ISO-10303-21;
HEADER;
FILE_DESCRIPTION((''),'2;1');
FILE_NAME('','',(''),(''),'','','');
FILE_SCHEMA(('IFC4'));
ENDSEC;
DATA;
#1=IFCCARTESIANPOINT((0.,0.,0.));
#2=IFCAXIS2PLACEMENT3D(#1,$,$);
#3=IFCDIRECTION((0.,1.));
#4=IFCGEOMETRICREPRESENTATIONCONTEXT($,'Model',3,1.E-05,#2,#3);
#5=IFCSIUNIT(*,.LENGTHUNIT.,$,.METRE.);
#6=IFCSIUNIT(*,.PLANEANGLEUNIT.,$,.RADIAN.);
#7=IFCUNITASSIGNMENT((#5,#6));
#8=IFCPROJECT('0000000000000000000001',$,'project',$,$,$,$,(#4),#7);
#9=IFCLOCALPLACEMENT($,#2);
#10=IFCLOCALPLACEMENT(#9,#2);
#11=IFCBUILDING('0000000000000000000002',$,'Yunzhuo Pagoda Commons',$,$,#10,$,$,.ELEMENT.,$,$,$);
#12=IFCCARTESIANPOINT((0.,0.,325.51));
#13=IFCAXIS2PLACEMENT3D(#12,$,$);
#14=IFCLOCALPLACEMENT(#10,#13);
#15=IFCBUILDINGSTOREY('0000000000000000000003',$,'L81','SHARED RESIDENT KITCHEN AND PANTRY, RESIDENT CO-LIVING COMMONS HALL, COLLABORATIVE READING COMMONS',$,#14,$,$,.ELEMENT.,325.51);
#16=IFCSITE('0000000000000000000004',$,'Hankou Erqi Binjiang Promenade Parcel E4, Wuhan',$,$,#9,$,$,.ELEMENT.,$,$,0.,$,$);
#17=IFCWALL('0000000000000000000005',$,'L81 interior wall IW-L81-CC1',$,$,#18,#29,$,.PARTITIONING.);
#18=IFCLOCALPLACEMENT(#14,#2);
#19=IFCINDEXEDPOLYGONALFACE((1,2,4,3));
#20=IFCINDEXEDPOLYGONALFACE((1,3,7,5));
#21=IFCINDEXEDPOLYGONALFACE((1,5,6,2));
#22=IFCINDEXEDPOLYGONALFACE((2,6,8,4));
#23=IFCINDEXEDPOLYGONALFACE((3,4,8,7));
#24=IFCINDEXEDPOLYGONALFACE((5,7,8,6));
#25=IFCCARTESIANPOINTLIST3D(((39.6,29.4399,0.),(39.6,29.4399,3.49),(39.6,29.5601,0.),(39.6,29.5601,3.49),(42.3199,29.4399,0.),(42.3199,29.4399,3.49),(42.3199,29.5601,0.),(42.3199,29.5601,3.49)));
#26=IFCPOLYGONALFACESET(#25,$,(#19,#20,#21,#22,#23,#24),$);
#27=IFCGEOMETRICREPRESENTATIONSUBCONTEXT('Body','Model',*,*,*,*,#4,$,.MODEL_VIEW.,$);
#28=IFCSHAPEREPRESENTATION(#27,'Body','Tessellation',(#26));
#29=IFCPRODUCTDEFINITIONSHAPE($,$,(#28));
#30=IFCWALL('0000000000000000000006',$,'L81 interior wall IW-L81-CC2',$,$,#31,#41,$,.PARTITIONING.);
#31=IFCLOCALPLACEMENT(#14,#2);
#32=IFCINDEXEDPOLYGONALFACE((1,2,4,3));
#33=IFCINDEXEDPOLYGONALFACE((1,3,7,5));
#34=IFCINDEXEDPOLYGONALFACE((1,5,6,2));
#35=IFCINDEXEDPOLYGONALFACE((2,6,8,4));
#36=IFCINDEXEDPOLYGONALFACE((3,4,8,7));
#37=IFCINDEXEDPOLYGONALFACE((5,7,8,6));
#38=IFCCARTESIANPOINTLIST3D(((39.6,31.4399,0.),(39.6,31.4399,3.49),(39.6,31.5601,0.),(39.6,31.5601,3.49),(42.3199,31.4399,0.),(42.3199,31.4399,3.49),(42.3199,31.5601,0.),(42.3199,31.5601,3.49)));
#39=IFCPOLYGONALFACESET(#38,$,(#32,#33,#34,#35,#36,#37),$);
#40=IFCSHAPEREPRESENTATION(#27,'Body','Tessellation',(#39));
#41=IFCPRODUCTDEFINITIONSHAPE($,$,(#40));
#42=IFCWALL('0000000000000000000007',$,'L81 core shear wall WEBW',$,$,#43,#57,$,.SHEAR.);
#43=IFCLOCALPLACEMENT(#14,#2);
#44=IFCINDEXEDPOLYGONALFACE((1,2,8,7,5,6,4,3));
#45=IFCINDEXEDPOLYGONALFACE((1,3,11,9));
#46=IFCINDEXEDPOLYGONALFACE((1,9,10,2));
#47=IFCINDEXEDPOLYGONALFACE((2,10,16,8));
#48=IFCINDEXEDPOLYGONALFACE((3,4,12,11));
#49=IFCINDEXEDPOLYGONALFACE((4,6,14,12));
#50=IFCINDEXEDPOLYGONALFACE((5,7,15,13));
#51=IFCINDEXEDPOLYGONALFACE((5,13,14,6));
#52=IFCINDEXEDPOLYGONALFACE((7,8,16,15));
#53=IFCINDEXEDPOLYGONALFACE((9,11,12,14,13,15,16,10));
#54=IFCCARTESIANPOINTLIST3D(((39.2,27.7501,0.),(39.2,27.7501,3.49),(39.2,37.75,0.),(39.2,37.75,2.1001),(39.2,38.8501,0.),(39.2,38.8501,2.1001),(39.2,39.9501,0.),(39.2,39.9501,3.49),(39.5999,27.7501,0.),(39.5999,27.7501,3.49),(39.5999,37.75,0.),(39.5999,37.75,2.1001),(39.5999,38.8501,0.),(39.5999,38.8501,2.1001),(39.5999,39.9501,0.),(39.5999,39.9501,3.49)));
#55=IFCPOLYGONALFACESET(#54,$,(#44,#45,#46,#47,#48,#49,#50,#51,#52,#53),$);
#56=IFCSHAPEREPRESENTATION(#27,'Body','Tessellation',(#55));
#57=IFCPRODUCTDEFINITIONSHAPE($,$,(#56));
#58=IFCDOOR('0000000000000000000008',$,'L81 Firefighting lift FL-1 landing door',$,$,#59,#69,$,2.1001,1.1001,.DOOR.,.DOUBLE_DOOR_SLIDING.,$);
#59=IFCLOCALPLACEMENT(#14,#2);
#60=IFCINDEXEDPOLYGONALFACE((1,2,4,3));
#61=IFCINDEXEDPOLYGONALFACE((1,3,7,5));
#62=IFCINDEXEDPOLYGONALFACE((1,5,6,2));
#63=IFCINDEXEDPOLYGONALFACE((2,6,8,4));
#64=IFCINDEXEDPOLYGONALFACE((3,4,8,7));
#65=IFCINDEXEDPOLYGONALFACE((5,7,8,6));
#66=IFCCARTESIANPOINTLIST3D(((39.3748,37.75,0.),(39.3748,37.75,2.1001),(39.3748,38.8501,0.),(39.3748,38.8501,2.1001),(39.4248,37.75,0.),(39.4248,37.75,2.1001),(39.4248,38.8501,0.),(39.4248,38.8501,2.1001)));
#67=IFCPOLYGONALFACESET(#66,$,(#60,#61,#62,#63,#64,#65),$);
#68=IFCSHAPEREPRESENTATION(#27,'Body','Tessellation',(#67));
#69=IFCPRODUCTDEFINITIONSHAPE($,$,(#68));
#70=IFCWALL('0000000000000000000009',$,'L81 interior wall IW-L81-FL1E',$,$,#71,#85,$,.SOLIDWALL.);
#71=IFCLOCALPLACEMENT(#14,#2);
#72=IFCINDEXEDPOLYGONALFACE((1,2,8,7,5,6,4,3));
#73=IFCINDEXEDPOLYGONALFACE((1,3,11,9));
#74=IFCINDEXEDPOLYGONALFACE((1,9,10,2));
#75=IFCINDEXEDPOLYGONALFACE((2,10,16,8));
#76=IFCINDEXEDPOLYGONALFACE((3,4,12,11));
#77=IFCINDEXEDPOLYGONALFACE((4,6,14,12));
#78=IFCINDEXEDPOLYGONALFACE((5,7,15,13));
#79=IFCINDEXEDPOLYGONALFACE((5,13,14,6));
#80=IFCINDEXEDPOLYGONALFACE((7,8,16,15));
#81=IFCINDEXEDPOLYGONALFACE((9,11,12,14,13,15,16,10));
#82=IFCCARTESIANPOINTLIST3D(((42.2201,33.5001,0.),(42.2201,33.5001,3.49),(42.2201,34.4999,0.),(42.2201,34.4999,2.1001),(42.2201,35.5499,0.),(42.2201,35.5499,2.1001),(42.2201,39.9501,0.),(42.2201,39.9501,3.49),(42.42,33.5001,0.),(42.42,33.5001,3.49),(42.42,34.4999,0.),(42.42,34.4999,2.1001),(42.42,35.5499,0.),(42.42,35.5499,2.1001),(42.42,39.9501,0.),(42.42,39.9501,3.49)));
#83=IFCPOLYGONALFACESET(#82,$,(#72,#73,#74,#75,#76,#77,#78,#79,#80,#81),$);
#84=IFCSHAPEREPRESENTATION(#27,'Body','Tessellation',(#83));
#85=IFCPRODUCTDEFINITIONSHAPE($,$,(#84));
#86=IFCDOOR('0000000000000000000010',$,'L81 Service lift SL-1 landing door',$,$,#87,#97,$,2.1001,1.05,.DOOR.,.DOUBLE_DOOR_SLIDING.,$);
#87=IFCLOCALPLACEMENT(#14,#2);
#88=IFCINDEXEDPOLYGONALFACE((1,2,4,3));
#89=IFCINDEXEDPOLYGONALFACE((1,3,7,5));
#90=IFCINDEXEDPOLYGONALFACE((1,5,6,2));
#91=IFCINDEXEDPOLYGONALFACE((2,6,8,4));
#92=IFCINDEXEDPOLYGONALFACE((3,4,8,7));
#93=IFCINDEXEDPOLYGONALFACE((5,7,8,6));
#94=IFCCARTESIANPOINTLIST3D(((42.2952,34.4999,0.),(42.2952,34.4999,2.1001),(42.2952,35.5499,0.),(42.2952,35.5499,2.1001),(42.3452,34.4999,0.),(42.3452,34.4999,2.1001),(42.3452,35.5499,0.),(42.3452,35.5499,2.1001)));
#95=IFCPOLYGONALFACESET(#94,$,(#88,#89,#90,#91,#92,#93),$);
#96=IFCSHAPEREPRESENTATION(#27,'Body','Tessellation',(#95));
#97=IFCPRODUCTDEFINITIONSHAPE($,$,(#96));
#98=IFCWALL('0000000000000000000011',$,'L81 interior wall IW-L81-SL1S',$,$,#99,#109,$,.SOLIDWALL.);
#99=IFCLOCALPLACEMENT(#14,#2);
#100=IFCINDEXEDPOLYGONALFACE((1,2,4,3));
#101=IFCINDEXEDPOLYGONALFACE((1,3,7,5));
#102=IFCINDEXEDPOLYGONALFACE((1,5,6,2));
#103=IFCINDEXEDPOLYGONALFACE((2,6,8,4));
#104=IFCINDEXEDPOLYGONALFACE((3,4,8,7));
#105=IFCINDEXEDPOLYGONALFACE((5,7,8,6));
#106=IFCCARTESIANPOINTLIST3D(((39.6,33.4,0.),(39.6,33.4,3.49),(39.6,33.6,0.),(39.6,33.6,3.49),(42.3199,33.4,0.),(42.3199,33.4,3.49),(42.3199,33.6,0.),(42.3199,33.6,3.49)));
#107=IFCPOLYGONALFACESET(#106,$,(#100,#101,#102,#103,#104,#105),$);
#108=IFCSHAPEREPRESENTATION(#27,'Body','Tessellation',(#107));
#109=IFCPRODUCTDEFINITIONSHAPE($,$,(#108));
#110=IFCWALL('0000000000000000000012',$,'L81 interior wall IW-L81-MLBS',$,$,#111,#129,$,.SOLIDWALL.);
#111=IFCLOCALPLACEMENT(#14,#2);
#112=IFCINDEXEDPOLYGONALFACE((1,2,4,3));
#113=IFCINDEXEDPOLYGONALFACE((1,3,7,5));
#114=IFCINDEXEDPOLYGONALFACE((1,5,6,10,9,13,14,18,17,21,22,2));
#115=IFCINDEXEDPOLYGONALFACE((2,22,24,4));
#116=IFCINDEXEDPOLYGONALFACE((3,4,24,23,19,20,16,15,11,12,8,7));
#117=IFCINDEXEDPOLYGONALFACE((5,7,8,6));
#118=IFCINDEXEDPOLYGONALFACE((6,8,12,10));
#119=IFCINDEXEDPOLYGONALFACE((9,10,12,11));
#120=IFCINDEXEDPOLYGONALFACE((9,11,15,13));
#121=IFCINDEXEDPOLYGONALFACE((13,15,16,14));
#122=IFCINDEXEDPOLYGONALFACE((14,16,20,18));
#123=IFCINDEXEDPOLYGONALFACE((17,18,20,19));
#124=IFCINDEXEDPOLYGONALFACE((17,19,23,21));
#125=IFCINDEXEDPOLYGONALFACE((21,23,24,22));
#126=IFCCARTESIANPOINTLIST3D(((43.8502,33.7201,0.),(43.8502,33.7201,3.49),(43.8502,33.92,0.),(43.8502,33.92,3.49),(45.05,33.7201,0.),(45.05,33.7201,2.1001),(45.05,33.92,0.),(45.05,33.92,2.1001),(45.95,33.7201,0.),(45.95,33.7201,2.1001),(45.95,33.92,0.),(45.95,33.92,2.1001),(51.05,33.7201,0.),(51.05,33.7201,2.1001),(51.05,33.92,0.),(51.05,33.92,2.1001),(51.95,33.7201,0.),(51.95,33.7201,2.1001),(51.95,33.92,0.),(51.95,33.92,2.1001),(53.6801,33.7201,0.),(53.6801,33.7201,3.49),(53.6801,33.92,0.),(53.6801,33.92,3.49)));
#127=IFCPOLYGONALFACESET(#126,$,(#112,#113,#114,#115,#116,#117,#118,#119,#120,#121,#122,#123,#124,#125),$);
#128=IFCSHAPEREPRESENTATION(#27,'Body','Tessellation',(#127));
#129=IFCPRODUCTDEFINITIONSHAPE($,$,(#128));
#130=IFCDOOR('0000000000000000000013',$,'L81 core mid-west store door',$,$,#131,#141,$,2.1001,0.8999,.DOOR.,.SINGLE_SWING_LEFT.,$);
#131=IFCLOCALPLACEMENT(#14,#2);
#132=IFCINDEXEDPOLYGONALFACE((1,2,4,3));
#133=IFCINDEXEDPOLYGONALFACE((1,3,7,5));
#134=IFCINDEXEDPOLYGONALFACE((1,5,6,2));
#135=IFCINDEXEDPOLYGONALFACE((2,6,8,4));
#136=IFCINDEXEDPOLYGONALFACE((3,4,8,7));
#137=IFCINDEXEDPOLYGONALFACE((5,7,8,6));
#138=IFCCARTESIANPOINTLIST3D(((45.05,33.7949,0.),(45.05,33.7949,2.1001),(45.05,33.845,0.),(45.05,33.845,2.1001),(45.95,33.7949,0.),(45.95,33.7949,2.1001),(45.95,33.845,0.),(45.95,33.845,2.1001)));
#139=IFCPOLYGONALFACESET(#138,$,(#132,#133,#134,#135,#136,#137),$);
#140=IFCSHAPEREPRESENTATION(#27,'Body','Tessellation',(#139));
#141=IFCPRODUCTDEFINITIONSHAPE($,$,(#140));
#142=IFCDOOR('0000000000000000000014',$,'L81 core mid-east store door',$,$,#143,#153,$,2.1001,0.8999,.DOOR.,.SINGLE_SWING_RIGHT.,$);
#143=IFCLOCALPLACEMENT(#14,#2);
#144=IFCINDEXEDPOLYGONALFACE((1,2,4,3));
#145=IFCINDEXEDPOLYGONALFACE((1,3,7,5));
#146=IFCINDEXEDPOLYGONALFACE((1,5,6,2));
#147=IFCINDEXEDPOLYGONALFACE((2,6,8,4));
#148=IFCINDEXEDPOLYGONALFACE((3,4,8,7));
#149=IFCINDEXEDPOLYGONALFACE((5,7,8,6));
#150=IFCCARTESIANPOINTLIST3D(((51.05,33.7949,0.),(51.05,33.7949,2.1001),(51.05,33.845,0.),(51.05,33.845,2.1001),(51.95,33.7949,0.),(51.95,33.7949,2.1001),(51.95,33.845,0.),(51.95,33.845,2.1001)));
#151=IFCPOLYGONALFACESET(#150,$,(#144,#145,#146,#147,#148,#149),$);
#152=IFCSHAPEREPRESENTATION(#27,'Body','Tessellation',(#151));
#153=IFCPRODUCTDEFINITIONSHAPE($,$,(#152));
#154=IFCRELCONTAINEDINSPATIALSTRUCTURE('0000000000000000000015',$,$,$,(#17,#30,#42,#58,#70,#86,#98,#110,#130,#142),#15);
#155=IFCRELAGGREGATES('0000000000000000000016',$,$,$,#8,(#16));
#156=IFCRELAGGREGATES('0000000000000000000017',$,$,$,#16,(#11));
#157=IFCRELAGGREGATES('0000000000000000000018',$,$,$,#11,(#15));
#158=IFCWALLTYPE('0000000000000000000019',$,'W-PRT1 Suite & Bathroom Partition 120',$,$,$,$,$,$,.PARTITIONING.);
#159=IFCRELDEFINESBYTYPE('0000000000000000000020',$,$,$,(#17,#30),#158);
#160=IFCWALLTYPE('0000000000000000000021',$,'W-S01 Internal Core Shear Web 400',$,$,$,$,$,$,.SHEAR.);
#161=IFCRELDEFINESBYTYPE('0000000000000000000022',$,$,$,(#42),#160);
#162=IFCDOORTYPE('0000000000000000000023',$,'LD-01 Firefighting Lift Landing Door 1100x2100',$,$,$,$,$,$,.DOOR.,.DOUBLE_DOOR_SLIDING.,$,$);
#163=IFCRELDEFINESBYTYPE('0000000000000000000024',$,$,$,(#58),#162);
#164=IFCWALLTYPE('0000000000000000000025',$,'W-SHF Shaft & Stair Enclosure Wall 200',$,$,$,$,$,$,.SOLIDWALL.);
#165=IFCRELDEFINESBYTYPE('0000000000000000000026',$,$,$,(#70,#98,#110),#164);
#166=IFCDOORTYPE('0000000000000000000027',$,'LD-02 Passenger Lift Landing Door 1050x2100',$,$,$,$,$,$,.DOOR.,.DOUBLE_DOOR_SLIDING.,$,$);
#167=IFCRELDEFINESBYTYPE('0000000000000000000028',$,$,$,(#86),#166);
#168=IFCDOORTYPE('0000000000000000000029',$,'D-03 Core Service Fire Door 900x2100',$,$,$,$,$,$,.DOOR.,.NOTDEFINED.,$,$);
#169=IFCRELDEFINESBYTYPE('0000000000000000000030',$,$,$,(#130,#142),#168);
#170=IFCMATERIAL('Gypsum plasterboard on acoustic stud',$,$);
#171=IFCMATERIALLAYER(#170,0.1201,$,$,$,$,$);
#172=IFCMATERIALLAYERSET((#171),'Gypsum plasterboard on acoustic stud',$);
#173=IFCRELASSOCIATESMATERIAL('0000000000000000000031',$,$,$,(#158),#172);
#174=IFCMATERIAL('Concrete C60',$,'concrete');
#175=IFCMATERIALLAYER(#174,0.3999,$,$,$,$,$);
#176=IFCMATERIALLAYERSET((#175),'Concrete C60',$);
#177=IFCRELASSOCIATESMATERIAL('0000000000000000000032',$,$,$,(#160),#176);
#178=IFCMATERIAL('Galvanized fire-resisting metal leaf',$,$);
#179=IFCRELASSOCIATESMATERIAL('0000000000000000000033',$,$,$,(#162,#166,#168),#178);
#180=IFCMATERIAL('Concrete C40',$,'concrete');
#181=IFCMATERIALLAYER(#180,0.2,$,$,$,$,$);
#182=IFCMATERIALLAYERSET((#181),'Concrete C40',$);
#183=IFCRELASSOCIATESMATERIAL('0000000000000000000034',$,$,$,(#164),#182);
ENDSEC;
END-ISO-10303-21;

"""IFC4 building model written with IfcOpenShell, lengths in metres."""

from ifc_helpers import new_model, si_unit, direction, frame, frame_2d, origin, origin_with_axes, place, context, subcontext, project, spatial, rectangle, extrude, source, transform, mapped, material, layer, layer_set, type_object, element, fill, save


model = new_model("IFC4")

# Units and contexts
model_context = context("Model", 3, precision=1e-05, world=origin(), true_north=direction((0.0, 1.0)))
body_context = subcontext(model_context, "Body", "Model", "MODEL_VIEW")
ifc_project = project(units=[si_unit("LENGTHUNIT", "METRE"), si_unit("PLANEANGLEUNIT", "RADIAN")], contexts=[model_context])

# Site, building, storey
site_placement = place(None, origin())
site = spatial("IfcSite", under=ifc_project, at=site_placement, Name="Hankou Erqi Binjiang Promenade Parcel E4, Wuhan", CompositionType="ELEMENT", RefElevation=0.0)
building_placement = place(site_placement, origin())
building = spatial("IfcBuilding", under=site, at=building_placement, Name="Yunzhuo Pagoda Commons", CompositionType="ELEMENT")
storey_placement = place(building_placement, frame((0.0, 0.0, 325.51)))
storey = spatial("IfcBuildingStorey", under=building, at=storey_placement, Name="L81", Description="SHARED RESIDENT KITCHEN AND PANTRY, RESIDENT CO-LIVING COMMONS HALL, COLLABORATIVE READING COMMONS", CompositionType="ELEMENT", Elevation=325.51)

# Walls
ifc_material_1 = material(Name="Gypsum plasterboard on acoustic stud")
ifc_layer_1 = layer(ifc_material_1, 0.1201)
ifc_layer_set_1 = layer_set([ifc_layer_1], Name="Gypsum plasterboard on acoustic stud")
wall_type_1 = type_object("IfcWallType", Name="W-PRT1 Suite & Bathroom Partition 120", PredefinedType="PARTITIONING", material=ifc_layer_set_1)
for number, where, z_axis, x_axis, name in (
    (1, (39.6001, 29.5, 0.0), (0.0, 0.0, 1.0), (1.0, 0.0, 0.0), "L81 interior wall IW-L81-CC1"),
    (2, (39.6001, 31.5, 0.0), (0.0, 0.0, 1.0), (1.0, 0.0, 0.0), "L81 interior wall IW-L81-CC2"),
):
    element("IfcWall", number, at=place(storey_placement, frame(where, z_axis=z_axis, x_axis=x_axis)), inside=storey, type_object=wall_type_1, Name=name, PredefinedType="PARTITIONING", context=body_context, shape_type="SweptSolid", body=[
        extrude(rectangle(XDim=2.72, YDim=0.1201, at=frame_2d((1.3599, 0.0))), origin(), (0.0, 0.0, 1.0), 3.49),
    ])

# Walls, openings, doors
ifc_material_2 = material(Name="Concrete C60", Category="concrete")
ifc_layer_2 = layer(ifc_material_2, 0.3999)
ifc_layer_set_2 = layer_set([ifc_layer_2], Name="Concrete C60")
wall_type_2 = type_object("IfcWallType", Name="W-S01 Internal Core Shear Web 400", PredefinedType="SHEAR", material=ifc_layer_set_2)
wall_1_placement = place(storey_placement, frame((39.3999, 27.75, 0.0), z_axis=(0.0, 0.0, 1.0), x_axis=(0.0, 1.0, 0.0)))
wall_1 = element("IfcWall", 3, at=wall_1_placement, inside=storey, type_object=wall_type_2, Name="L81 core shear wall WEBW", PredefinedType="SHEAR", context=body_context, shape_type="SweptSolid", body=[
    extrude(rectangle(XDim=12.2, YDim=0.3999, at=frame_2d((6.1001, 0.0))), origin(), (0.0, 0.0, 1.0), 3.49),
])
opening_1_placement = place(wall_1_placement, frame((10.0, 0.0, 0.0)))
opening_1 = element("IfcOpeningElement", 4, at=opening_1_placement, cuts=wall_1, PredefinedType="OPENING", context=body_context, shape_type="SweptSolid", body=[
    extrude(rectangle(XDim=1.1001, YDim=2.1001, at=frame_2d((0.55, 1.05))), frame((0.0, 0.21, 0.0), z_axis=(0.0, -1.0, 0.0), x_axis=(1.0, 0.0, 0.0)), (0.0, 0.0, 1.0), 0.4199),
])
ifc_material_3 = material(Name="Galvanized fire-resisting metal leaf")
door_type_1 = type_object("IfcDoorType", Name="LD-01 Firefighting Lift Landing Door 1100x2100", OperationType="DOUBLE_DOOR_SLIDING", PredefinedType="DOOR", material=ifc_material_3)
shared_shape_1 = source(origin(), body_context, "Body", "SweptSolid", [
    extrude(rectangle(XDim=1.1001, YDim=2.1001, at=frame_2d((0.55, 1.05))), frame((0.0, 0.0249, 0.0), z_axis=(0.0, -1.0, 0.0), x_axis=(1.0, 0.0, 0.0)), (0.0, 0.0, 1.0), 0.05),
])
door_1_placement = place(opening_1_placement, frame((1.1001, 0.0, 0.0), z_axis=(0.0, 0.0, 1.0), x_axis=(-1.0, 0.0, 0.0)))
door_1 = element("IfcDoor", 5, at=door_1_placement, inside=storey, type_object=door_type_1, Name="L81 Firefighting lift FL-1 landing door", OperationType="DOUBLE_DOOR_SLIDING", OverallHeight=2.1001, OverallWidth=1.1001, PredefinedType="DOOR", context=body_context, shape_type="MappedRepresentation", body=[
    mapped(shared_shape_1, transform((0.0, 0.0, 0.0), scale=1.0)),
])
fill(opening_1, door_1)
ifc_material_4 = material(Name="Concrete C40", Category="concrete")
ifc_layer_3 = layer(ifc_material_4, 0.2)
ifc_layer_set_3 = layer_set([ifc_layer_3], Name="Concrete C40")
wall_type_3 = type_object("IfcWallType", Name="W-SHF Shaft & Stair Enclosure Wall 200", PredefinedType="SOLIDWALL", material=ifc_layer_set_3)
wall_2_placement = place(storey_placement, frame((42.3201, 33.5, 0.0), z_axis=(0.0, 0.0, 1.0), x_axis=(0.0, 1.0, 0.0)))
wall_2 = element("IfcWall", 6, at=wall_2_placement, inside=storey, type_object=wall_type_3, Name="L81 interior wall IW-L81-FL1E", PredefinedType="SOLIDWALL", context=body_context, shape_type="SweptSolid", body=[
    extrude(rectangle(XDim=6.45, YDim=0.2, at=frame_2d((3.2251, 0.0))), origin(), (0.0, 0.0, 1.0), 3.49),
])
opening_2_placement = place(wall_2_placement, frame((1.0, 0.0, 0.0)))
opening_2 = element("IfcOpeningElement", 7, at=opening_2_placement, cuts=wall_2, PredefinedType="OPENING", context=body_context, shape_type="SweptSolid", body=[
    extrude(rectangle(XDim=1.05, YDim=2.1001, at=frame_2d((0.5249, 1.05))), frame((0.0, 0.1099, 0.0), z_axis=(0.0, -1.0, 0.0), x_axis=(1.0, 0.0, 0.0)), (0.0, 0.0, 1.0), 0.22),
])
door_type_2 = type_object("IfcDoorType", Name="LD-02 Passenger Lift Landing Door 1050x2100", OperationType="DOUBLE_DOOR_SLIDING", PredefinedType="DOOR", material=ifc_material_3)
shared_shape_2 = source(origin(), body_context, "Body", "SweptSolid", [
    extrude(rectangle(XDim=1.05, YDim=2.1001, at=frame_2d((0.5249, 1.05))), frame((0.0, 0.0249, 0.0), z_axis=(0.0, -1.0, 0.0), x_axis=(1.0, 0.0, 0.0)), (0.0, 0.0, 1.0), 0.05),
])
door_2_placement = place(opening_2_placement, origin_with_axes())
door_2 = element("IfcDoor", 8, at=door_2_placement, inside=storey, type_object=door_type_2, Name="L81 Service lift SL-1 landing door", OperationType="DOUBLE_DOOR_SLIDING", OverallHeight=2.1001, OverallWidth=1.05, PredefinedType="DOOR", context=body_context, shape_type="MappedRepresentation", body=[
    mapped(shared_shape_2, transform((0.0, 0.0, 0.0), scale=1.0)),
])
fill(opening_2, door_2)

# Wall
wall_3_placement = place(storey_placement, frame((39.6001, 33.5, 0.0), z_axis=(0.0, 0.0, 1.0), x_axis=(1.0, 0.0, 0.0)))
element("IfcWall", 9, at=wall_3_placement, inside=storey, type_object=wall_type_3, Name="L81 interior wall IW-L81-SL1S", PredefinedType="SOLIDWALL", context=body_context, shape_type="SweptSolid", body=[
    extrude(rectangle(XDim=2.72, YDim=0.2, at=frame_2d((1.3599, 0.0))), origin(), (0.0, 0.0, 1.0), 3.49),
])

# Wall, openings, doors
wall_4_placement = place(storey_placement, frame((43.8501, 33.8201, 0.0), z_axis=(0.0, 0.0, 1.0), x_axis=(1.0, 0.0, 0.0)))
wall_4 = element("IfcWall", 10, at=wall_4_placement, inside=storey, type_object=wall_type_3, Name="L81 interior wall IW-L81-MLBS", PredefinedType="SOLIDWALL", context=body_context, shape_type="SweptSolid", body=[
    extrude(rectangle(XDim=9.8298, YDim=0.2, at=frame_2d((4.915, 0.0))), origin(), (0.0, 0.0, 1.0), 3.49),
])
opening_3_placement = place(wall_4_placement, frame((1.2, 0.0, 0.0)))
opening_3 = element("IfcOpeningElement", 11, at=opening_3_placement, cuts=wall_4, PredefinedType="OPENING", context=body_context, shape_type="SweptSolid", body=[
    extrude(rectangle(XDim=0.8999, YDim=2.1001, at=frame_2d((0.45, 1.05))), frame((0.0, 0.1099, 0.0), z_axis=(0.0, -1.0, 0.0), x_axis=(1.0, 0.0, 0.0)), (0.0, 0.0, 1.0), 0.22),
])
opening_4_placement = place(wall_4_placement, frame((7.2, 0.0, 0.0)))
opening_4 = element("IfcOpeningElement", 12, at=opening_4_placement, cuts=wall_4, PredefinedType="OPENING", context=body_context, shape_type="SweptSolid", body=[
    extrude(rectangle(XDim=0.8999, YDim=2.1001, at=frame_2d((0.45, 1.05))), frame((0.0, 0.1099, 0.0), z_axis=(0.0, -1.0, 0.0), x_axis=(1.0, 0.0, 0.0)), (0.0, 0.0, 1.0), 0.22),
])
door_type_3 = type_object("IfcDoorType", Name="D-03 Core Service Fire Door 900x2100", OperationType="NOTDEFINED", PredefinedType="DOOR", material=ifc_material_3)
shared_shape_3 = source(origin(), body_context, "Body", "SweptSolid", [
    extrude(rectangle(XDim=0.8999, YDim=2.1001, at=frame_2d((0.45, 1.05))), frame((0.0, 0.0249, 0.0), z_axis=(0.0, -1.0, 0.0), x_axis=(1.0, 0.0, 0.0)), (0.0, 0.0, 1.0), 0.05),
])
door_3_placement = place(opening_3_placement, origin_with_axes())
door_3 = element("IfcDoor", 13, at=door_3_placement, inside=storey, type_object=door_type_3, Name="L81 core mid-west store door", OperationType="SINGLE_SWING_LEFT", OverallHeight=2.1001, OverallWidth=0.8999, PredefinedType="DOOR", context=body_context, shape_type="MappedRepresentation", body=[
    mapped(shared_shape_3, transform((0.0, 0.0, 0.0), scale=1.0)),
])
fill(opening_3, door_3)
door_4_placement = place(opening_4_placement, origin_with_axes())
door_4 = element("IfcDoor", 14, at=door_4_placement, inside=storey, type_object=door_type_3, Name="L81 core mid-east store door", OperationType="SINGLE_SWING_RIGHT", OverallHeight=2.1001, OverallWidth=0.8999, PredefinedType="DOOR", context=body_context, shape_type="MappedRepresentation", body=[
    mapped(shared_shape_3, transform((0.0, 0.0, 0.0), scale=1.0)),
])
fill(opening_4, door_4)

save(model, "model.ifc")
